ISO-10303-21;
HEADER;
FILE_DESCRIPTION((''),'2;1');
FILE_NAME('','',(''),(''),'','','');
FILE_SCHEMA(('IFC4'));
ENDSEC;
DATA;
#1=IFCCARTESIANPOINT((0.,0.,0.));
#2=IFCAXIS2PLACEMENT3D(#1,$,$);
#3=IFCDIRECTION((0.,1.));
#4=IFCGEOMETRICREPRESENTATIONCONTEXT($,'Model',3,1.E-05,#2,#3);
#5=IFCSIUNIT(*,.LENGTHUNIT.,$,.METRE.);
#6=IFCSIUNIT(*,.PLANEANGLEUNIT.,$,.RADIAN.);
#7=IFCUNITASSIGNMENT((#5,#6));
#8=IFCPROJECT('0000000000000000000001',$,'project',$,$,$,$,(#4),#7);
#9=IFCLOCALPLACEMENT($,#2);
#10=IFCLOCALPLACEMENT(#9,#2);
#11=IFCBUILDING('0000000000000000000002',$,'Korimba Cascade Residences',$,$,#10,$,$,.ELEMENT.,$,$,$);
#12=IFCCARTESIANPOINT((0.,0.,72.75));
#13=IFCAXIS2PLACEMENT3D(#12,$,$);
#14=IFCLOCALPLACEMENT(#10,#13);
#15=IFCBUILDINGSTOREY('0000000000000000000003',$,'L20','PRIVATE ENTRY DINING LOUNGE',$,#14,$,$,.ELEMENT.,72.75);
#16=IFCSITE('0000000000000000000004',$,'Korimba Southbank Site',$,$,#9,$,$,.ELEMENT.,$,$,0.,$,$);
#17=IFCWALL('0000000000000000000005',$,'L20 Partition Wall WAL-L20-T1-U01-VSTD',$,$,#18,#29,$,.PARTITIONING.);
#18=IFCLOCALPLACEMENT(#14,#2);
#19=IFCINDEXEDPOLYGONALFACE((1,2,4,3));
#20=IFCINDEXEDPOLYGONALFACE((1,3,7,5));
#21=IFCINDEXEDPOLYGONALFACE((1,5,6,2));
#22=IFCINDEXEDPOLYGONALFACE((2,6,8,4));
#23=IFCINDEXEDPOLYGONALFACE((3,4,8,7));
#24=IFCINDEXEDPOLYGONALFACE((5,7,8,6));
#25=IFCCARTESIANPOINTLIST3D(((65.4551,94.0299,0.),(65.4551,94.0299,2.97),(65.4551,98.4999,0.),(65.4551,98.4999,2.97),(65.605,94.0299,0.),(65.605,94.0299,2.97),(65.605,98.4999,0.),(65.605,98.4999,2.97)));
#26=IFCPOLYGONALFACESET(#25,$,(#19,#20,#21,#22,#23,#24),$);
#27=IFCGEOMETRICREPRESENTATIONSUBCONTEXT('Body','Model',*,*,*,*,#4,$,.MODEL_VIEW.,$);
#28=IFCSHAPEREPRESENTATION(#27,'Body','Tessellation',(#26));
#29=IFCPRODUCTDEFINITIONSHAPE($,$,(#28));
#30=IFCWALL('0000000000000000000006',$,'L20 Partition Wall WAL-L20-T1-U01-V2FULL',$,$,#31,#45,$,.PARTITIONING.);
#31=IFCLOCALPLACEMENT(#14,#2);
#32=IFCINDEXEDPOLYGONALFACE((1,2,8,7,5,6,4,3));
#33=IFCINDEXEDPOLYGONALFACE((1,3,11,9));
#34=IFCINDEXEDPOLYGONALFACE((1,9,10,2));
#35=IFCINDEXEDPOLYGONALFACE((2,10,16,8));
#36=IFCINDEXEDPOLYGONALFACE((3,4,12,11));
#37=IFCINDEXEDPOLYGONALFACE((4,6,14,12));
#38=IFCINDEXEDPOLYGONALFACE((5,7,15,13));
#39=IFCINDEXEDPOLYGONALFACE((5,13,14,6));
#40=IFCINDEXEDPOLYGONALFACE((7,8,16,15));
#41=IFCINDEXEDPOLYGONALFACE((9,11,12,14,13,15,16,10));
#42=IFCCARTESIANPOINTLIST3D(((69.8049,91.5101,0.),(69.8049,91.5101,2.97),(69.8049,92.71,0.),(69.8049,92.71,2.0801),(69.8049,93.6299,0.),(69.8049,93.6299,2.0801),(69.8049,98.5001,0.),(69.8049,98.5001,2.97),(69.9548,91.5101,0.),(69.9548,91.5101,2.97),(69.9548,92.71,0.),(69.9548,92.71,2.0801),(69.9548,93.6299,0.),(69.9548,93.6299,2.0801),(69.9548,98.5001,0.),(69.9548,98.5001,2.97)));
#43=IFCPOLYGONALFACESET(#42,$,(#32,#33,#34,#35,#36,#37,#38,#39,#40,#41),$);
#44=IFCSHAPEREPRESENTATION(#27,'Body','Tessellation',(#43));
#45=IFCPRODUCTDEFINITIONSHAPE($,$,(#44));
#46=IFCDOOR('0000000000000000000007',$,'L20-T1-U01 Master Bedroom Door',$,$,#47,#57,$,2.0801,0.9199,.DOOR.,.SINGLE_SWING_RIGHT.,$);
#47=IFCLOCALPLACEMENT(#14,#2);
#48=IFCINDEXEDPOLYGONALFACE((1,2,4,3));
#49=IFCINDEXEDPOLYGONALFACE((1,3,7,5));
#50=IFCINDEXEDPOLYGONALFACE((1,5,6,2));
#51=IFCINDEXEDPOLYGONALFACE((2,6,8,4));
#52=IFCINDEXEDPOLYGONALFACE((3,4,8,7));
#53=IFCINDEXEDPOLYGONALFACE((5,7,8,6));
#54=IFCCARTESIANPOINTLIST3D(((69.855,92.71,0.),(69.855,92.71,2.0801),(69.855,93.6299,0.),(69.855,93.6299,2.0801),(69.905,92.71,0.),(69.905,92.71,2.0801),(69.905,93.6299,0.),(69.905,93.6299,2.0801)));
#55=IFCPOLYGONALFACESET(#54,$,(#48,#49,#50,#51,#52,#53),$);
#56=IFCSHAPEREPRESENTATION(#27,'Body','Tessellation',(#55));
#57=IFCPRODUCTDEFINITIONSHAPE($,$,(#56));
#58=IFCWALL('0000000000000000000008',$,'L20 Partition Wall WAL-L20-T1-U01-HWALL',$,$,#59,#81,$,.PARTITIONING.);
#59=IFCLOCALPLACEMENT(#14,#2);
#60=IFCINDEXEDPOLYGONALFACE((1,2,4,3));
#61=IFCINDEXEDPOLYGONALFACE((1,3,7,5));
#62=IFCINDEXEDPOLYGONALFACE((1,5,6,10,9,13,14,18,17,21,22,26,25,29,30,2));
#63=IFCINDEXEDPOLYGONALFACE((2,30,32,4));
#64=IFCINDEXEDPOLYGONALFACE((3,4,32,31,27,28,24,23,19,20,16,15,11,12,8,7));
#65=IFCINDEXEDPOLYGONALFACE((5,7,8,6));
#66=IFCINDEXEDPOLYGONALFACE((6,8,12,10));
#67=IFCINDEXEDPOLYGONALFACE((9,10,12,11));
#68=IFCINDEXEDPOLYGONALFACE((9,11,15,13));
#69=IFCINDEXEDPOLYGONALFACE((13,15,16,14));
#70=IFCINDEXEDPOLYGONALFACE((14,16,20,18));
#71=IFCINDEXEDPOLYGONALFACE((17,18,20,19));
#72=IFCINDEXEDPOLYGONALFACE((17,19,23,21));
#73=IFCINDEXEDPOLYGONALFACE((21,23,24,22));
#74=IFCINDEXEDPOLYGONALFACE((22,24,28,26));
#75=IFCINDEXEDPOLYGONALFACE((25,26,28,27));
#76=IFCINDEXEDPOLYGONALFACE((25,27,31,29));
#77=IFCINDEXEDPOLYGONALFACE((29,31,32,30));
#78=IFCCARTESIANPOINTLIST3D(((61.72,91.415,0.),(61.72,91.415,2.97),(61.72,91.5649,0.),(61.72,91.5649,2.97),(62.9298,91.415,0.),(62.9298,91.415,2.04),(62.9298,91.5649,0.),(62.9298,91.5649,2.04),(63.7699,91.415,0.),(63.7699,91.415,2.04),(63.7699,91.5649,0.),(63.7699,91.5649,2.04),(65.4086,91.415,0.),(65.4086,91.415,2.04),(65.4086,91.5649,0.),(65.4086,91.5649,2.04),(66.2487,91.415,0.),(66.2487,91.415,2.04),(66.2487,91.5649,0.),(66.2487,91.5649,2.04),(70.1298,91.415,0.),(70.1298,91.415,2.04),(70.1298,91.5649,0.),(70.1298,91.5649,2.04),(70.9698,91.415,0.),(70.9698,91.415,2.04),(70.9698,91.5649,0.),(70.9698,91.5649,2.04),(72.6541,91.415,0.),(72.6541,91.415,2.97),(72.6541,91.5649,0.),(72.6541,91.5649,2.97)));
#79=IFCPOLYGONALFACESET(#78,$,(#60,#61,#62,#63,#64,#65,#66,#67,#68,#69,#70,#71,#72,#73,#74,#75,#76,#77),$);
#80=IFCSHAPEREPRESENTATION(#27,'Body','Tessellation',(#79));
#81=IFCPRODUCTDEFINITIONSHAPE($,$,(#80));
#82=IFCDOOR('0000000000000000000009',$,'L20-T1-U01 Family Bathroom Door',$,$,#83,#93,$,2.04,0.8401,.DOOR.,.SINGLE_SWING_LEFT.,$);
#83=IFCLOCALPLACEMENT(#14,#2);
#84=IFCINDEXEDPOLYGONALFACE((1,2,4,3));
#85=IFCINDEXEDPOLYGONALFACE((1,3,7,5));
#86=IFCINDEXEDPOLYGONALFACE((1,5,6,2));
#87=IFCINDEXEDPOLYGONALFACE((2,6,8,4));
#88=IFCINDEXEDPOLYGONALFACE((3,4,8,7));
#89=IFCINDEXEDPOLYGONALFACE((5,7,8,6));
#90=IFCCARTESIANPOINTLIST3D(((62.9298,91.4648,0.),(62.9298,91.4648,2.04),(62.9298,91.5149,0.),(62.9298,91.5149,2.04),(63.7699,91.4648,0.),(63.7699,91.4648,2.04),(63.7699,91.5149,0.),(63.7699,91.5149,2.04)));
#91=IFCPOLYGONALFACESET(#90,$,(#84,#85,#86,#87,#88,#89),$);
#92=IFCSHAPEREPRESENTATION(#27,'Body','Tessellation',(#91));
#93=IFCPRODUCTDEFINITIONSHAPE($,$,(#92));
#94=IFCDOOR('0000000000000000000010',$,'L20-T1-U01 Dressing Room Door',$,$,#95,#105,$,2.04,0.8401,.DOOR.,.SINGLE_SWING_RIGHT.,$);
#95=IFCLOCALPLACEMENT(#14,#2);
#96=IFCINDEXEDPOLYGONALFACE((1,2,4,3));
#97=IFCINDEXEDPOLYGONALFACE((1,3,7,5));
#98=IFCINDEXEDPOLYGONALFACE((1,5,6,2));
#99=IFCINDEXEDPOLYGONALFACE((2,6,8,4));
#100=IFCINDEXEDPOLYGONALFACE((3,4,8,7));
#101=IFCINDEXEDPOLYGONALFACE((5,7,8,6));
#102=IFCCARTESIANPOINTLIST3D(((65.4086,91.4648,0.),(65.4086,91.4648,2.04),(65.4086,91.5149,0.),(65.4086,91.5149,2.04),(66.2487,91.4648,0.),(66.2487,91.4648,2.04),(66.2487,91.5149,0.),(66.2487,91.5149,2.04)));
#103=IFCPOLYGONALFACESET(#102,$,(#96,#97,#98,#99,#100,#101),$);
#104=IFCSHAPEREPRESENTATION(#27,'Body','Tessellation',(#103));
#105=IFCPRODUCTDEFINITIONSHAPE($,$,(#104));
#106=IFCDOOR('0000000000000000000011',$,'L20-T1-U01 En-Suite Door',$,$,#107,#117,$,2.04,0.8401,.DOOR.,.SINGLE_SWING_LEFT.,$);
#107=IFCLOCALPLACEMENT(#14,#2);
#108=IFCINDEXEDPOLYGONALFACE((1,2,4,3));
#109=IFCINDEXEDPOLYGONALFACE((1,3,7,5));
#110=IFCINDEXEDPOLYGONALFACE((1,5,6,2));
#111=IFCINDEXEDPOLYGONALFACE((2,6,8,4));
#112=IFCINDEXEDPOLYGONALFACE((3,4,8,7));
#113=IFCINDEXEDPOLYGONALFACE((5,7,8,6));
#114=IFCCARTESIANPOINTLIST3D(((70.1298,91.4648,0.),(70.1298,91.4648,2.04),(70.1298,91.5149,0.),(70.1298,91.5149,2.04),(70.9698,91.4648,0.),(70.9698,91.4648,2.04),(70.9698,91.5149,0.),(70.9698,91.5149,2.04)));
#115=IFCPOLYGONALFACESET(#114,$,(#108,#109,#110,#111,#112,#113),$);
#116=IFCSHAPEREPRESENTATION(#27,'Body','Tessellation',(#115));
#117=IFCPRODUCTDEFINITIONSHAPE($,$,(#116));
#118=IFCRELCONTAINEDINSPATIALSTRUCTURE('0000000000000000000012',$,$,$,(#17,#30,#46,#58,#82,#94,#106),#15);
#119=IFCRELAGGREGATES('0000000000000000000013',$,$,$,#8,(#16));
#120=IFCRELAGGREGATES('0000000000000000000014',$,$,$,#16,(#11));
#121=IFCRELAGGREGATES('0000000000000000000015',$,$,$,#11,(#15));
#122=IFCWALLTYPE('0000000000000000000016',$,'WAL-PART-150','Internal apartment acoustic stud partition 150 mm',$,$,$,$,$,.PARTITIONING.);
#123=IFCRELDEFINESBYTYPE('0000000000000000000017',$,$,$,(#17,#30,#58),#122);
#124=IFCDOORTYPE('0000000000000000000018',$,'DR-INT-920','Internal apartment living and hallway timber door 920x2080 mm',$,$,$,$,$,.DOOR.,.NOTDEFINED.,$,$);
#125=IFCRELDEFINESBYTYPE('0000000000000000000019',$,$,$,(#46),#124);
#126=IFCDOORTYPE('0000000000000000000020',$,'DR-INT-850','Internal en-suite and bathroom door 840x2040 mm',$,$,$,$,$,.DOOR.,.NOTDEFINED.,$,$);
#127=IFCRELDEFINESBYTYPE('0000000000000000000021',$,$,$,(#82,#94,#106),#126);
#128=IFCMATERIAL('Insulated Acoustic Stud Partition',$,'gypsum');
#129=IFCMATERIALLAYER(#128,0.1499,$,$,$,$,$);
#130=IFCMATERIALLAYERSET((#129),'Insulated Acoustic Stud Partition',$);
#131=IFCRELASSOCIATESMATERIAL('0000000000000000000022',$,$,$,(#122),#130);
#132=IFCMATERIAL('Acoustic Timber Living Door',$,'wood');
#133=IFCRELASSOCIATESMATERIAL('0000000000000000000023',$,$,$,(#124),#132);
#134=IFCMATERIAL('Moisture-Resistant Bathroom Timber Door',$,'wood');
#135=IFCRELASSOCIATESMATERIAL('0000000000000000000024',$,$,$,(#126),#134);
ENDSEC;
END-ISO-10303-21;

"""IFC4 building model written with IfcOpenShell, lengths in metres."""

from ifc_helpers import new_model, si_unit, direction, frame, frame_2d, origin, place, context, subcontext, project, spatial, rectangle, extrude, material, layer, layer_set, type_object, element, fill, save


model = new_model("IFC4")

# Units and contexts
model_context = context("Model", 3, precision=1e-05, world=origin(), true_north=direction((0.0, 1.0)))
body_context = subcontext(model_context, "Body", "Model", "MODEL_VIEW")
ifc_project = project(units=[si_unit("LENGTHUNIT", "METRE"), si_unit("PLANEANGLEUNIT", "RADIAN")], contexts=[model_context])

# Site, building, storey
site_placement = place(None, origin())
site = spatial("IfcSite", under=ifc_project, at=site_placement, Name="Korimba Southbank Site", CompositionType="ELEMENT", RefElevation=0.0)
building_placement = place(site_placement, origin())
building = spatial("IfcBuilding", under=site, at=building_placement, Name="Korimba Cascade Residences", CompositionType="ELEMENT")
storey_placement = place(building_placement, frame((0.0, 0.0, 72.75)))
storey = spatial("IfcBuildingStorey", under=building, at=storey_placement, Name="L20", Description="PRIVATE ENTRY DINING LOUNGE", CompositionType="ELEMENT", Elevation=72.75)

# Wall
ifc_material_1 = material(Name="Insulated Acoustic Stud Partition", Category="gypsum")
ifc_layer_1 = layer(ifc_material_1, 0.1499)
ifc_layer_set_1 = layer_set([ifc_layer_1], Name="Insulated Acoustic Stud Partition")
wall_type_1 = type_object("IfcWallType", Name="WAL-PART-150", Description="Internal apartment acoustic stud partition 150 mm", PredefinedType="PARTITIONING", material=ifc_layer_set_1)
wall_1_placement = place(storey_placement, frame((65.53, 94.03, 0.0), z_axis=(0.0, 0.0, 1.0), x_axis=(0.0, 1.0, 0.0)))
element("IfcWall", 1, at=wall_1_placement, inside=storey, type_object=wall_type_1, Name="L20 Partition Wall WAL-L20-T1-U01-VSTD", PredefinedType="PARTITIONING", context=body_context, shape_type="SweptSolid", body=[
    extrude(rectangle(XDim=4.47, YDim=0.1499, at=frame_2d((2.2349, 0.0))), origin(), (0.0, 0.0, 1.0), 2.97),
])

# Wall, opening, door
wall_2_placement = place(storey_placement, frame((69.8799, 91.51, 0.0), z_axis=(0.0, 0.0, 1.0), x_axis=(0.0, 1.0, 0.0)))
wall_2 = element("IfcWall", 2, at=wall_2_placement, inside=storey, type_object=wall_type_1, Name="L20 Partition Wall WAL-L20-T1-U01-V2FULL", PredefinedType="PARTITIONING", context=body_context, shape_type="SweptSolid", body=[
    extrude(rectangle(XDim=6.99, YDim=0.1499, at=frame_2d((3.4951, 0.0))), origin(), (0.0, 0.0, 1.0), 2.97),
])
opening_1_placement = place(wall_2_placement, frame((1.2, 0.0, 0.0)))
opening_1 = element("IfcOpeningElement", 3, at=opening_1_placement, cuts=wall_2, PredefinedType="OPENING", context=body_context, shape_type="SweptSolid", body=[
    extrude(rectangle(XDim=0.9199, YDim=2.0801, at=frame_2d((0.46, 1.04))), frame((0.0, 0.085, 0.0), z_axis=(0.0, -1.0, 0.0), x_axis=(1.0, 0.0, 0.0)), (0.0, 0.0, 1.0), 0.1699),
])
ifc_material_2 = material(Name="Acoustic Timber Living Door", Category="wood")
door_type_1 = type_object("IfcDoorType", Name="DR-INT-920", Description="Internal apartment living and hallway timber door 920x2080 mm", OperationType="NOTDEFINED", PredefinedType="DOOR", material=ifc_material_2)
door_1_placement = place(opening_1_placement, origin())
door_1 = element("IfcDoor", 4, at=door_1_placement, inside=storey, type_object=door_type_1, Name="L20-T1-U01 Master Bedroom Door", OperationType="SINGLE_SWING_RIGHT", OverallHeight=2.0801, OverallWidth=0.9199, PredefinedType="DOOR", context=body_context, shape_type="SweptSolid", body=[
    extrude(rectangle(XDim=0.9199, YDim=2.0801, at=frame_2d((0.46, 1.04))), frame((0.0, 0.0249, 0.0), z_axis=(0.0, -1.0, 0.0), x_axis=(1.0, 0.0, 0.0)), (0.0, 0.0, 1.0), 0.05),
])
fill(opening_1, door_1)

# Wall, openings, doors
wall_3_placement = place(storey_placement, frame((61.72, 91.49, 0.0), z_axis=(0.0, 0.0, 1.0), x_axis=(1.0, 0.0, 0.0)))
wall_3 = element("IfcWall", 5, at=wall_3_placement, inside=storey, type_object=wall_type_1, Name="L20 Partition Wall WAL-L20-T1-U01-HWALL", PredefinedType="PARTITIONING", context=body_context, shape_type="SweptSolid", body=[
    extrude(rectangle(XDim=10.9341, YDim=0.1499, at=frame_2d((5.467, 0.0))), origin(), (0.0, 0.0, 1.0), 2.97),
])
opening_2_placement = place(wall_3_placement, frame((1.21, 0.0, 0.0)))
opening_2 = element("IfcOpeningElement", 6, at=opening_2_placement, cuts=wall_3, PredefinedType="OPENING", context=body_context, shape_type="SweptSolid", body=[
    extrude(rectangle(XDim=0.8401, YDim=2.04, at=frame_2d((0.4199, 1.02))), frame((0.0, 0.085, 0.0), z_axis=(0.0, -1.0, 0.0), x_axis=(1.0, 0.0, 0.0)), (0.0, 0.0, 1.0), 0.1699),
])
opening_3_placement = place(wall_3_placement, frame((3.6887, 0.0, 0.0)))
opening_3 = element("IfcOpeningElement", 7, at=opening_3_placement, cuts=wall_3, PredefinedType="OPENING", context=body_context, shape_type="SweptSolid", body=[
    extrude(rectangle(XDim=0.8401, YDim=2.04, at=frame_2d((0.4199, 1.02))), frame((0.0, 0.085, 0.0), z_axis=(0.0, -1.0, 0.0), x_axis=(1.0, 0.0, 0.0)), (0.0, 0.0, 1.0), 0.1699),
])
opening_4_placement = place(wall_3_placement, frame((8.4099, 0.0, 0.0)))
opening_4 = element("IfcOpeningElement", 8, at=opening_4_placement, cuts=wall_3, PredefinedType="OPENING", context=body_context, shape_type="SweptSolid", body=[
    extrude(rectangle(XDim=0.8401, YDim=2.04, at=frame_2d((0.4199, 1.02))), frame((0.0, 0.085, 0.0), z_axis=(0.0, -1.0, 0.0), x_axis=(1.0, 0.0, 0.0)), (0.0, 0.0, 1.0), 0.1699),
])
ifc_material_3 = material(Name="Moisture-Resistant Bathroom Timber Door", Category="wood")
door_type_2 = type_object("IfcDoorType", Name="DR-INT-850", Description="Internal en-suite and bathroom door 840x2040 mm", OperationType="NOTDEFINED", PredefinedType="DOOR", material=ifc_material_3)
door_2_placement = place(opening_2_placement, origin())
door_2 = element("IfcDoor", 9, at=door_2_placement, inside=storey, type_object=door_type_2, Name="L20-T1-U01 Family Bathroom Door", OperationType="SINGLE_SWING_LEFT", OverallHeight=2.04, OverallWidth=0.8401, PredefinedType="DOOR", context=body_context, shape_type="SweptSolid", body=[
    extrude(rectangle(XDim=0.8401, YDim=2.04, at=frame_2d((0.4199, 1.02))), frame((0.0, 0.0249, 0.0), z_axis=(0.0, -1.0, 0.0), x_axis=(1.0, 0.0, 0.0)), (0.0, 0.0, 1.0), 0.05),
])
fill(opening_2, door_2)
door_3_placement = place(opening_3_placement, origin())
door_3 = element("IfcDoor", 10, at=door_3_placement, inside=storey, type_object=door_type_2, Name="L20-T1-U01 Dressing Room Door", OperationType="SINGLE_SWING_RIGHT", OverallHeight=2.04, OverallWidth=0.8401, PredefinedType="DOOR", context=body_context, shape_type="SweptSolid", body=[
    extrude(rectangle(XDim=0.8401, YDim=2.04, at=frame_2d((0.4199, 1.02))), frame((0.0, 0.0249, 0.0), z_axis=(0.0, -1.0, 0.0), x_axis=(1.0, 0.0, 0.0)), (0.0, 0.0, 1.0), 0.05),
])
fill(opening_3, door_3)
door_4_placement = place(opening_4_placement, origin())
door_4 = element("IfcDoor", 11, at=door_4_placement, inside=storey, type_object=door_type_2, Name="L20-T1-U01 En-Suite Door", OperationType="SINGLE_SWING_LEFT", OverallHeight=2.04, OverallWidth=0.8401, PredefinedType="DOOR", context=body_context, shape_type="SweptSolid", body=[
    extrude(rectangle(XDim=0.8401, YDim=2.04, at=frame_2d((0.4199, 1.02))), frame((0.0, 0.0249, 0.0), z_axis=(0.0, -1.0, 0.0), x_axis=(1.0, 0.0, 0.0)), (0.0, 0.0, 1.0), 0.05),
])
fill(opening_4, door_4)

save(model, "model.ifc")
